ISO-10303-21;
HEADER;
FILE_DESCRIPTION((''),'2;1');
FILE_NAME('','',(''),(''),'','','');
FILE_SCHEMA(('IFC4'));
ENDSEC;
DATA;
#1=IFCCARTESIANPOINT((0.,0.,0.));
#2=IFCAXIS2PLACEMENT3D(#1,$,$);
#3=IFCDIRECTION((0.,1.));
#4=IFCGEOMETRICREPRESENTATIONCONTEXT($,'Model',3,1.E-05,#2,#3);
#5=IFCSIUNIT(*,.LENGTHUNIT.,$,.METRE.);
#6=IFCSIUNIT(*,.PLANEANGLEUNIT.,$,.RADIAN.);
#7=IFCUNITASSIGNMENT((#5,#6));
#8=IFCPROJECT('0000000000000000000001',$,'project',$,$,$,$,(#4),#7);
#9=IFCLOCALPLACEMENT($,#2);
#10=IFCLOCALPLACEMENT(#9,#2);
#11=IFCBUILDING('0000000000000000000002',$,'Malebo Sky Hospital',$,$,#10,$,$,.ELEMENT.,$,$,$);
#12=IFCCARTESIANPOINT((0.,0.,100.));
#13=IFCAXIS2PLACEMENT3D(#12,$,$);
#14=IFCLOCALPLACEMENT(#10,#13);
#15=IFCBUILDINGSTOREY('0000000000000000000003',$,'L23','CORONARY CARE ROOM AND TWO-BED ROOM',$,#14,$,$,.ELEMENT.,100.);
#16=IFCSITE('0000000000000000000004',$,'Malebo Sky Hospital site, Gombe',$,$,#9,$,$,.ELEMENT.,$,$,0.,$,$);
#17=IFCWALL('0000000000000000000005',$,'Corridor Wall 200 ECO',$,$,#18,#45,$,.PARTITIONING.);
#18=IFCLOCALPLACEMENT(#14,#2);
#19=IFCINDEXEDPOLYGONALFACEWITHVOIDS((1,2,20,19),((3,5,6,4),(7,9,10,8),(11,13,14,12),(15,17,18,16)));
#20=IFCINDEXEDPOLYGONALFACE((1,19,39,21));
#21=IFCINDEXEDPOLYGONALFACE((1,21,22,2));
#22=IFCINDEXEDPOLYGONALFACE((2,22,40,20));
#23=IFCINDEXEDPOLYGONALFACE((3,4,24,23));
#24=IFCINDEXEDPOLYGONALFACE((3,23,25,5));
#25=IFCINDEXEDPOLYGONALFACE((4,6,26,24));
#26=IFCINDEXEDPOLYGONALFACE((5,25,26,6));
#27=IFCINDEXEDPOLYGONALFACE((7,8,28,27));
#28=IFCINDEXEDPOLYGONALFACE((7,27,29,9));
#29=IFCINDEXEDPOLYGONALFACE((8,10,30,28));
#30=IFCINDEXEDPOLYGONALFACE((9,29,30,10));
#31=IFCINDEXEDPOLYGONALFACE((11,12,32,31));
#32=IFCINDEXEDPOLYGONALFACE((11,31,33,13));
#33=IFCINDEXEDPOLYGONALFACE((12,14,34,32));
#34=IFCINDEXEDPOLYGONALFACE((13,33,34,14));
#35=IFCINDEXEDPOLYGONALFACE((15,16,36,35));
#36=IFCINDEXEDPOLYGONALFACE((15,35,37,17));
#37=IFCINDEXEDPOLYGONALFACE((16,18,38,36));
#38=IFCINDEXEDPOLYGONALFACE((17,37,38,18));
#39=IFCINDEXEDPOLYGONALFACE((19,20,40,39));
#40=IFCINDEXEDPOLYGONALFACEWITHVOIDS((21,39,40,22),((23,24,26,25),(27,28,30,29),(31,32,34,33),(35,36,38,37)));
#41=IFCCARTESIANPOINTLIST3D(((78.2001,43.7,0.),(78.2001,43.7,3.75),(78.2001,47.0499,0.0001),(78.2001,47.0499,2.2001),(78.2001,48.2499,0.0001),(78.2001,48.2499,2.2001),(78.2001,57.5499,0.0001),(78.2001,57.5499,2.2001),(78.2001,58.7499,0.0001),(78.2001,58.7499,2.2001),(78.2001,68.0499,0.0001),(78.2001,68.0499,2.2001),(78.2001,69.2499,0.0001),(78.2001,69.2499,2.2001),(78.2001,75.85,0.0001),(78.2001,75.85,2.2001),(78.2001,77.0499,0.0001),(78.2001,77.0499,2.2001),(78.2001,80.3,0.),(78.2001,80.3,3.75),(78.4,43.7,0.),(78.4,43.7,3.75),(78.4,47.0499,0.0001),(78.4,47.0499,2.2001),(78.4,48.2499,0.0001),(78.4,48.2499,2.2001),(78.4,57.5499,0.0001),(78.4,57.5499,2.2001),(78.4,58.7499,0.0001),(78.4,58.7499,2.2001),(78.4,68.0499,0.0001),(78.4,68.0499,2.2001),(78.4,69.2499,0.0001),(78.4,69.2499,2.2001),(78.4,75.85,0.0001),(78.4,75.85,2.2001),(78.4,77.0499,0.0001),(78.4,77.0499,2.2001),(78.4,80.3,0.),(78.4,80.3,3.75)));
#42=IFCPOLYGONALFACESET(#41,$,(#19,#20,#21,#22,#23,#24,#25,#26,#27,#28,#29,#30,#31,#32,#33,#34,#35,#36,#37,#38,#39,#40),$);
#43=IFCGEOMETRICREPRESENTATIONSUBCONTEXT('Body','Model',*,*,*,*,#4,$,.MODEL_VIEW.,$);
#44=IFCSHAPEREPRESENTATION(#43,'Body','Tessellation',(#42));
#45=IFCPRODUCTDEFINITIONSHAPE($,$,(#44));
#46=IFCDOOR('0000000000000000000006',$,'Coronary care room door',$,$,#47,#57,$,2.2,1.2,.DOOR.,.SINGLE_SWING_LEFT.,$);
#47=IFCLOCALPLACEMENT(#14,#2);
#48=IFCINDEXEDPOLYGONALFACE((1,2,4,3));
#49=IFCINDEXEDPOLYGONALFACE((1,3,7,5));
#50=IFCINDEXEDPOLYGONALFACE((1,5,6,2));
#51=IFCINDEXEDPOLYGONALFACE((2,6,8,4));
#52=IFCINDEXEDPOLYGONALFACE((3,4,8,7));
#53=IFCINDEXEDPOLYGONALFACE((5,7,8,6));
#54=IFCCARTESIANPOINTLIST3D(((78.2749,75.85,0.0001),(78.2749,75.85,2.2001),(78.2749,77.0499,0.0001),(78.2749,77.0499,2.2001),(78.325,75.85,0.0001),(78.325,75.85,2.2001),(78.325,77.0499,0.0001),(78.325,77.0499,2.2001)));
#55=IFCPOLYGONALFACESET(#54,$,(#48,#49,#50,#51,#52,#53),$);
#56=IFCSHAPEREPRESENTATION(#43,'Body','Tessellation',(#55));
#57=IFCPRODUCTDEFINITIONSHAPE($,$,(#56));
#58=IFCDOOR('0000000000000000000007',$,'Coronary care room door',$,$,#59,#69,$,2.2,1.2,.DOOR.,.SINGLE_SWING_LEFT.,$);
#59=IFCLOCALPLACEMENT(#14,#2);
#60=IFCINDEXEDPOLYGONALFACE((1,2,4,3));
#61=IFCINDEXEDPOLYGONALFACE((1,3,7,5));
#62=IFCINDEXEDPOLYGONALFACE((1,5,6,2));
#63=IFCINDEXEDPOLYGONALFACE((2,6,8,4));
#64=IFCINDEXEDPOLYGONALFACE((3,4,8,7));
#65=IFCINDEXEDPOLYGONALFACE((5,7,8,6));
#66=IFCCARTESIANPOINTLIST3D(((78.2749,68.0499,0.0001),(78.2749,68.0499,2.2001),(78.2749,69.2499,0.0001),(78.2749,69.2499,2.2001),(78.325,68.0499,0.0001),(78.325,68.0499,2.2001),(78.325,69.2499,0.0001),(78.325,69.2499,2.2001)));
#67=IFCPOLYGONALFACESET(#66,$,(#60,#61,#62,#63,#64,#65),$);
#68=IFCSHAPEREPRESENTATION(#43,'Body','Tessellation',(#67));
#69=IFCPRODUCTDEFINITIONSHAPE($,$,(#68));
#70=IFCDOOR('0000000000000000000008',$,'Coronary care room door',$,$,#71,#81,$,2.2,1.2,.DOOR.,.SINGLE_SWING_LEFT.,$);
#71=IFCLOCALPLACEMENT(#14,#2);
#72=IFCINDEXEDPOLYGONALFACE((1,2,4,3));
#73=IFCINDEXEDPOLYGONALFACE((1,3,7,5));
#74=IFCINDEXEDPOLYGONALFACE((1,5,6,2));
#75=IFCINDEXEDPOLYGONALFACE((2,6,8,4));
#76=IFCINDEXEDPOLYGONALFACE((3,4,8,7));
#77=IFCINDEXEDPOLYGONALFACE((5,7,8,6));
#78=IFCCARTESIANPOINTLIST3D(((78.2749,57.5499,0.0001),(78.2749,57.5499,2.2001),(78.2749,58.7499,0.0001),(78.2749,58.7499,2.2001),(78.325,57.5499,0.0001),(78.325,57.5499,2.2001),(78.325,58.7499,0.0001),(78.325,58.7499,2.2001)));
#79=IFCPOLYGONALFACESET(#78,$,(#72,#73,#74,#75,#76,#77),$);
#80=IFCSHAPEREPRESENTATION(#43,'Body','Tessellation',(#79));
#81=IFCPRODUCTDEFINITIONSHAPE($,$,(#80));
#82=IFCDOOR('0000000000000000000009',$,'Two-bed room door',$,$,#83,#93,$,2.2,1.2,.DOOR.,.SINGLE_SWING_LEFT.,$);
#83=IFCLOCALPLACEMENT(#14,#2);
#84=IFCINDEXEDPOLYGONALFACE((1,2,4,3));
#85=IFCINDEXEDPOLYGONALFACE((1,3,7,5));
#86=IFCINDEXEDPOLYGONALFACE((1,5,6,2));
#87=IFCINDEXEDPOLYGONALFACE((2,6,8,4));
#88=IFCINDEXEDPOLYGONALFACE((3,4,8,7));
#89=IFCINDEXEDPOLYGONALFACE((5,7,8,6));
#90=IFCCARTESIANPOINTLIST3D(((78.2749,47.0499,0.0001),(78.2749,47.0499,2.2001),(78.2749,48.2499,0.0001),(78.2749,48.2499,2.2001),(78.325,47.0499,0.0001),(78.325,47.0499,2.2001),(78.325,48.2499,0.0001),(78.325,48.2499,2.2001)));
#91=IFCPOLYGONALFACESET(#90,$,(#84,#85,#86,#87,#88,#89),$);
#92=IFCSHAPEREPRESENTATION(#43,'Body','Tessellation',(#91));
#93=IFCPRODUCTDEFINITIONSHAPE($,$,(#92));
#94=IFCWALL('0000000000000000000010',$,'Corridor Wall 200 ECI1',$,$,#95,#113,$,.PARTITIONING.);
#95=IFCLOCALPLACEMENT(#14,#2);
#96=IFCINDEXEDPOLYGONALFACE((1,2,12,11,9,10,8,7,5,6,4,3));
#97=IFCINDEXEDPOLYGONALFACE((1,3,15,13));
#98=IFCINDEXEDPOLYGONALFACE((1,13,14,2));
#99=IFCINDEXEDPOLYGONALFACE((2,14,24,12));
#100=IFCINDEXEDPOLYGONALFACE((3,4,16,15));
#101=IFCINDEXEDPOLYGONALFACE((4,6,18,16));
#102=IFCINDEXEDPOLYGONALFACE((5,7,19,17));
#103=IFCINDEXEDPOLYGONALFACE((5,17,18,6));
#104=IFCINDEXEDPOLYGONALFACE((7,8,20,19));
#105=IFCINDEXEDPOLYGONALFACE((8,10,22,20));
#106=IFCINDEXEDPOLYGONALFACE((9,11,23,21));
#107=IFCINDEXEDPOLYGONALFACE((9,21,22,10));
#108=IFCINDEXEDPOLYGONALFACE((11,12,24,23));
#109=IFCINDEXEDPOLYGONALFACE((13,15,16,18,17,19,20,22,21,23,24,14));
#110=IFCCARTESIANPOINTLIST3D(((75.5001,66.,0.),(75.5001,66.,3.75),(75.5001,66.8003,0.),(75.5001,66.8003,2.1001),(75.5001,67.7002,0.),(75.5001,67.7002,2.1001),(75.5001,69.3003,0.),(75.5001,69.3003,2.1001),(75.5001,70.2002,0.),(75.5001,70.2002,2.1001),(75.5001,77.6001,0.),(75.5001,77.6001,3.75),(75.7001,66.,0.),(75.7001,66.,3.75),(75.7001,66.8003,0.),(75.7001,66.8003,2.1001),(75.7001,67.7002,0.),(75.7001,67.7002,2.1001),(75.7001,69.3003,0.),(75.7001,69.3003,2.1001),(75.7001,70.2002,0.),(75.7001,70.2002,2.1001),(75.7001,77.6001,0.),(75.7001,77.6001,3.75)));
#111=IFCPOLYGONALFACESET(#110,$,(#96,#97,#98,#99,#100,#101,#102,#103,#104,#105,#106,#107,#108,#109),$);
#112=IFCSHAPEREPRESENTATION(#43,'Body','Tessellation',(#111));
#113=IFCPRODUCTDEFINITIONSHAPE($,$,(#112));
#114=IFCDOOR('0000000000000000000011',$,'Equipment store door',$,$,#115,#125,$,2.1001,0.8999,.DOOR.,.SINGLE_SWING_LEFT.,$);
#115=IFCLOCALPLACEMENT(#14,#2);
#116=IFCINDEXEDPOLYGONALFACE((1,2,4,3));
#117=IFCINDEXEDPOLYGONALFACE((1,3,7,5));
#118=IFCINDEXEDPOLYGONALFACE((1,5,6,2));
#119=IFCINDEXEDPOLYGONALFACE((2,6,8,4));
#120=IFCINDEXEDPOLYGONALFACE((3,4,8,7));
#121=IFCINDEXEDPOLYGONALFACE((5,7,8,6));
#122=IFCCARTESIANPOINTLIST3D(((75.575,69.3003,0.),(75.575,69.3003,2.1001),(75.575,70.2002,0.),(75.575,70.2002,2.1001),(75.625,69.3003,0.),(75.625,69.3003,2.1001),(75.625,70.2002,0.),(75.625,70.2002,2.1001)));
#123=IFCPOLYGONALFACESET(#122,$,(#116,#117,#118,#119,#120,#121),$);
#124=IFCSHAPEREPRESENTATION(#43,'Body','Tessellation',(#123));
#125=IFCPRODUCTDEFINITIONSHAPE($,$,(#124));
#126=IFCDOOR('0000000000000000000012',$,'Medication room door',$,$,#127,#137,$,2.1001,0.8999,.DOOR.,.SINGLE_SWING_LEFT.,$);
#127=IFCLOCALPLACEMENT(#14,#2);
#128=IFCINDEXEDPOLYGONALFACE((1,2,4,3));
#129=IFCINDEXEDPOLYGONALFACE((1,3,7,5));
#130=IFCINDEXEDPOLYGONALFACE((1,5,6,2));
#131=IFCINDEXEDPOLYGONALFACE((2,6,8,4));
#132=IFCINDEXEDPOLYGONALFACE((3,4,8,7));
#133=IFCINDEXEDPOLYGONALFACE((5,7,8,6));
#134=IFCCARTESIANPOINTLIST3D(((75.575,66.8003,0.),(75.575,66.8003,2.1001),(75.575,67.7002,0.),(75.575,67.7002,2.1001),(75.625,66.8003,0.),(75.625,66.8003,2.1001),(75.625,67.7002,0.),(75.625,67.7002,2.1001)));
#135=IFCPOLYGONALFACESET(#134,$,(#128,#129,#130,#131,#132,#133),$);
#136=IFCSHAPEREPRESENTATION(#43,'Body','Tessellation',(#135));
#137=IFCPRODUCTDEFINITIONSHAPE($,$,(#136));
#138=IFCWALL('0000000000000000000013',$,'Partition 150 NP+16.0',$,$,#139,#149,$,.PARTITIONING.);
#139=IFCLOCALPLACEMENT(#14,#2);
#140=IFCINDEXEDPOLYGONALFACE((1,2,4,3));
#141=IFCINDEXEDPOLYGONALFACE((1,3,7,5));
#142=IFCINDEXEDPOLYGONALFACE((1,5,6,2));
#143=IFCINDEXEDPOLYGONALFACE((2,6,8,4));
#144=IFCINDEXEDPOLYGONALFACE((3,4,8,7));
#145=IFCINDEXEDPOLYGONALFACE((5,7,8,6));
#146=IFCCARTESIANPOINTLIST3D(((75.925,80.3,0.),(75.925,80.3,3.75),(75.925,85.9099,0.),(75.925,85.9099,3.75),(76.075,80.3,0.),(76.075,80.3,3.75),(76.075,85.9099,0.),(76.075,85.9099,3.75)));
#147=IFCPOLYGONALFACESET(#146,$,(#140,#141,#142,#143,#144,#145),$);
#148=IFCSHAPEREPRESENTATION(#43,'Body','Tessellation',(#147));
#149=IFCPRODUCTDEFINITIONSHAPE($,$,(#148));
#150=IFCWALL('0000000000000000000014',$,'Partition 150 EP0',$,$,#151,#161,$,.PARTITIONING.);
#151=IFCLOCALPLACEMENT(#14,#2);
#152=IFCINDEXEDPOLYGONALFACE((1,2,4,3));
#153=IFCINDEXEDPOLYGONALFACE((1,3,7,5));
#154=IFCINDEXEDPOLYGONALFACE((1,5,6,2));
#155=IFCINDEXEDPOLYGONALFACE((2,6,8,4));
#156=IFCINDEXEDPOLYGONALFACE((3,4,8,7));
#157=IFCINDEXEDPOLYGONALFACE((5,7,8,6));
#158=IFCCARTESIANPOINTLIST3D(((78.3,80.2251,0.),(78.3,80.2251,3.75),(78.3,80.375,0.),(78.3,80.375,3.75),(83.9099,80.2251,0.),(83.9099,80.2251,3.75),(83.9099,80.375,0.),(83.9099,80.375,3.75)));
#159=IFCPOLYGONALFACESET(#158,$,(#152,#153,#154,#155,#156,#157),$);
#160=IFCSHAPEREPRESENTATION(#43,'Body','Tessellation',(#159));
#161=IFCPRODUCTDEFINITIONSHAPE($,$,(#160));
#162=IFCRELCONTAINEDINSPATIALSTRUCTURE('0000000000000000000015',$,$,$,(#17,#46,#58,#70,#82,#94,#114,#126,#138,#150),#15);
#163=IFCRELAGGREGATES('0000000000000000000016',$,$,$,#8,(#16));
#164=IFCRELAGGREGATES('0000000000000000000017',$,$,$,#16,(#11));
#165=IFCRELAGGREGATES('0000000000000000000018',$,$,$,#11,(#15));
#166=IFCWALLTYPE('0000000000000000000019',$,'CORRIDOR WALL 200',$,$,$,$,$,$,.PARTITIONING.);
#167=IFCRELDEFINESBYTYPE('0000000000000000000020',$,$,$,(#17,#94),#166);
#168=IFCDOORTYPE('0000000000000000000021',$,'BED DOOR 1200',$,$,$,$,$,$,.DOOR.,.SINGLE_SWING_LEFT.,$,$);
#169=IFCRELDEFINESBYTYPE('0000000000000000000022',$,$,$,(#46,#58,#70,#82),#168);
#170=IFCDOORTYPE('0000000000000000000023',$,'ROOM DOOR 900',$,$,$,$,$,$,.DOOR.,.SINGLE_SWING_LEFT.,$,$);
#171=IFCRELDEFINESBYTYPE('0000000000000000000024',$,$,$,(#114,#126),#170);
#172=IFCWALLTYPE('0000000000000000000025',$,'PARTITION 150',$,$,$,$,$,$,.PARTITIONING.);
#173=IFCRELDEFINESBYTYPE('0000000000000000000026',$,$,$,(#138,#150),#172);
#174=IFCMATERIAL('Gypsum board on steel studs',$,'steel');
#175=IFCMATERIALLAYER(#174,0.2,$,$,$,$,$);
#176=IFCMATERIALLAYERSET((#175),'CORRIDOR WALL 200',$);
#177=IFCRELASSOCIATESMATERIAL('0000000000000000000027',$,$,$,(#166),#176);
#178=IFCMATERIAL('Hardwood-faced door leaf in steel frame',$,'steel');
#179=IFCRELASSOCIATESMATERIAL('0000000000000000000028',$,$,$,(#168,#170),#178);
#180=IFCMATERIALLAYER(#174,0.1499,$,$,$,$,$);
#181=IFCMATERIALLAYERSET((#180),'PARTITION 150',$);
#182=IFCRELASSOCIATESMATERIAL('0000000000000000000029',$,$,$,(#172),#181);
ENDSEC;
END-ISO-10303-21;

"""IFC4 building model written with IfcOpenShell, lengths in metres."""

from ifc_helpers import new_model, si_unit, direction, frame, frame_2d, origin, place, context, subcontext, project, spatial, rectangle, extrude, material, layer, layer_set, type_object, element, fill, save


model = new_model("IFC4")

# Units and contexts
model_context = context("Model", 3, precision=1e-05, world=origin(), true_north=direction((0.0, 1.0)))
body_context = subcontext(model_context, "Body", "Model", "MODEL_VIEW")
ifc_project = project(units=[si_unit("LENGTHUNIT", "METRE"), si_unit("PLANEANGLEUNIT", "RADIAN")], contexts=[model_context])

# Site, building, storey
site_placement = place(None, origin())
site = spatial("IfcSite", under=ifc_project, at=site_placement, Name="Malebo Sky Hospital site, Gombe", CompositionType="ELEMENT", RefElevation=0.0)
building_placement = place(site_placement, origin())
building = spatial("IfcBuilding", under=site, at=building_placement, Name="Malebo Sky Hospital", CompositionType="ELEMENT")
storey_placement = place(building_placement, frame((0.0, 0.0, 100.0)))
storey = spatial("IfcBuildingStorey", under=building, at=storey_placement, Name="L23", Description="CORONARY CARE ROOM AND TWO-BED ROOM", CompositionType="ELEMENT", Elevation=100.0)

# Walls, openings, doors
ifc_material_1 = material(Name="Gypsum board on steel studs", Category="steel")
ifc_layer_1 = layer(ifc_material_1, 0.2)
ifc_layer_set_1 = layer_set([ifc_layer_1], Name="CORRIDOR WALL 200")
wall_type_1 = type_object("IfcWallType", Name="CORRIDOR WALL 200", PredefinedType="PARTITIONING", material=ifc_layer_set_1)
wall_1_placement = place(storey_placement, frame((78.3, 80.3, 0.0), z_axis=(0.0, 0.0, 1.0), x_axis=(0.0, -1.0, 0.0)))
wall_1 = element("IfcWall", 1, at=wall_1_placement, inside=storey, type_object=wall_type_1, Name="Corridor Wall 200 ECO", PredefinedType="PARTITIONING", context=body_context, shape_type="SweptSolid", body=[
    extrude(rectangle(XDim=36.6001, YDim=0.2, at=frame_2d((18.3, 0.0))), origin(), (0.0, 0.0, 1.0), 3.75),
])
opening_1_placement = place(wall_1_placement, frame((3.25, 0.0, 0.0)))
opening_1 = element("IfcOpeningElement", 2, at=opening_1_placement, cuts=wall_1, PredefinedType="OPENING", context=body_context, shape_type="SweptSolid", body=[
    extrude(rectangle(XDim=1.2, YDim=2.2, at=frame_2d((0.6001, 1.1001))), frame((0.0, 0.1099, 0.0), z_axis=(0.0, -1.0, 0.0), x_axis=(1.0, 0.0, 0.0)), (0.0, 0.0, 1.0), 0.22),
])
opening_2_placement = place(wall_1_placement, frame((11.05, 0.0, 0.0)))
opening_2 = element("IfcOpeningElement", 3, at=opening_2_placement, cuts=wall_1, PredefinedType="OPENING", context=body_context, shape_type="SweptSolid", body=[
    extrude(rectangle(XDim=1.2, YDim=2.2, at=frame_2d((0.6001, 1.1001))), frame((0.0, 0.1099, 0.0), z_axis=(0.0, -1.0, 0.0), x_axis=(1.0, 0.0, 0.0)), (0.0, 0.0, 1.0), 0.22),
])
opening_3_placement = place(wall_1_placement, frame((21.55, 0.0, 0.0)))
opening_3 = element("IfcOpeningElement", 4, at=opening_3_placement, cuts=wall_1, PredefinedType="OPENING", context=body_context, shape_type="SweptSolid", body=[
    extrude(rectangle(XDim=1.2, YDim=2.2, at=frame_2d((0.6001, 1.1001))), frame((0.0, 0.1099, 0.0), z_axis=(0.0, -1.0, 0.0), x_axis=(1.0, 0.0, 0.0)), (0.0, 0.0, 1.0), 0.22),
])
opening_4_placement = place(wall_1_placement, frame((32.05, 0.0, 0.0)))
opening_4 = element("IfcOpeningElement", 5, at=opening_4_placement, cuts=wall_1, PredefinedType="OPENING", context=body_context, shape_type="SweptSolid", body=[
    extrude(rectangle(XDim=1.2, YDim=2.2, at=frame_2d((0.6001, 1.1001))), frame((0.0, 0.1099, 0.0), z_axis=(0.0, -1.0, 0.0), x_axis=(1.0, 0.0, 0.0)), (0.0, 0.0, 1.0), 0.22),
])
ifc_material_2 = material(Name="Hardwood-faced door leaf in steel frame", Category="steel")
door_type_1 = type_object("IfcDoorType", Name="BED DOOR 1200", OperationType="SINGLE_SWING_LEFT", PredefinedType="DOOR", material=ifc_material_2)
door_1_placement = place(opening_1_placement, origin())
door_1 = element("IfcDoor", 6, at=door_1_placement, inside=storey, type_object=door_type_1, Name="Coronary care room door", OperationType="SINGLE_SWING_LEFT", OverallHeight=2.2, OverallWidth=1.2, PredefinedType="DOOR", context=body_context, shape_type="SweptSolid", body=[
    extrude(rectangle(XDim=1.2, YDim=2.2, at=frame_2d((0.6001, 1.1001))), frame((0.0, 0.0249, 0.0), z_axis=(0.0, -1.0, 0.0), x_axis=(1.0, 0.0, 0.0)), (0.0, 0.0, 1.0), 0.05),
])
fill(opening_1, door_1)
door_2_placement = place(opening_2_placement, origin())
door_2 = element("IfcDoor", 7, at=door_2_placement, inside=storey, type_object=door_type_1, Name="Coronary care room door", OperationType="SINGLE_SWING_LEFT", OverallHeight=2.2, OverallWidth=1.2, PredefinedType="DOOR", context=body_context, shape_type="SweptSolid", body=[
    extrude(rectangle(XDim=1.2, YDim=2.2, at=frame_2d((0.6001, 1.1001))), frame((0.0, 0.0249, 0.0), z_axis=(0.0, -1.0, 0.0), x_axis=(1.0, 0.0, 0.0)), (0.0, 0.0, 1.0), 0.05),
])
fill(opening_2, door_2)
door_3_placement = place(opening_3_placement, origin())
door_3 = element("IfcDoor", 8, at=door_3_placement, inside=storey, type_object=door_type_1, Name="Coronary care room door", OperationType="SINGLE_SWING_LEFT", OverallHeight=2.2, OverallWidth=1.2, PredefinedType="DOOR", context=body_context, shape_type="SweptSolid", body=[
    extrude(rectangle(XDim=1.2, YDim=2.2, at=frame_2d((0.6001, 1.1001))), frame((0.0, 0.0249, 0.0), z_axis=(0.0, -1.0, 0.0), x_axis=(1.0, 0.0, 0.0)), (0.0, 0.0, 1.0), 0.05),
])
fill(opening_3, door_3)
door_4_placement = place(opening_4_placement, origin())
door_4 = element("IfcDoor", 9, at=door_4_placement, inside=storey, type_object=door_type_1, Name="Two-bed room door", OperationType="SINGLE_SWING_LEFT", OverallHeight=2.2, OverallWidth=1.2, PredefinedType="DOOR", context=body_context, shape_type="SweptSolid", body=[
    extrude(rectangle(XDim=1.2, YDim=2.2, at=frame_2d((0.6001, 1.1001))), frame((0.0, 0.0249, 0.0), z_axis=(0.0, -1.0, 0.0), x_axis=(1.0, 0.0, 0.0)), (0.0, 0.0, 1.0), 0.05),
])
fill(opening_4, door_4)
wall_2_placement = place(storey_placement, frame((75.6001, 77.6001, 0.0), z_axis=(0.0, 0.0, 1.0), x_axis=(0.0, -1.0, 0.0)))
wall_2 = element("IfcWall", 10, at=wall_2_placement, inside=storey, type_object=wall_type_1, Name="Corridor Wall 200 ECI1", PredefinedType="PARTITIONING", context=body_context, shape_type="SweptSolid", body=[
    extrude(rectangle(XDim=11.6001, YDim=0.2, at=frame_2d((5.8, 0.0))), origin(), (0.0, 0.0, 1.0), 3.75),
])
opening_5_placement = place(wall_2_placement, frame((7.3999, 0.0, 0.0)))
opening_5 = element("IfcOpeningElement", 11, at=opening_5_placement, cuts=wall_2, PredefinedType="OPENING", context=body_context, shape_type="SweptSolid", body=[
    extrude(rectangle(XDim=0.8999, YDim=2.1001, at=frame_2d((0.45, 1.05))), frame((0.0, 0.1099, 0.0), z_axis=(0.0, -1.0, 0.0), x_axis=(1.0, 0.0, 0.0)), (0.0, 0.0, 1.0), 0.22),
])
opening_6_placement = place(wall_2_placement, frame((9.8999, 0.0, 0.0)))
opening_6 = element("IfcOpeningElement", 12, at=opening_6_placement, cuts=wall_2, PredefinedType="OPENING", context=body_context, shape_type="SweptSolid", body=[
    extrude(rectangle(XDim=0.8999, YDim=2.1001, at=frame_2d((0.45, 1.05))), frame((0.0, 0.1099, 0.0), z_axis=(0.0, -1.0, 0.0), x_axis=(1.0, 0.0, 0.0)), (0.0, 0.0, 1.0), 0.22),
])
door_type_2 = type_object("IfcDoorType", Name="ROOM DOOR 900", OperationType="SINGLE_SWING_LEFT", PredefinedType="DOOR", material=ifc_material_2)
door_5_placement = place(opening_5_placement, origin())
door_5 = element("IfcDoor", 13, at=door_5_placement, inside=storey, type_object=door_type_2, Name="Equipment store door", OperationType="SINGLE_SWING_LEFT", OverallHeight=2.1001, OverallWidth=0.8999, PredefinedType="DOOR", context=body_context, shape_type="SweptSolid", body=[
    extrude(rectangle(XDim=0.8999, YDim=2.1001, at=frame_2d((0.45, 1.05))), frame((0.0, 0.0249, 0.0), z_axis=(0.0, -1.0, 0.0), x_axis=(1.0, 0.0, 0.0)), (0.0, 0.0, 1.0), 0.05),
])
fill(opening_5, door_5)
door_6_placement = place(opening_6_placement, origin())
door_6 = element("IfcDoor", 14, at=door_6_placement, inside=storey, type_object=door_type_2, Name="Medication room door", OperationType="SINGLE_SWING_LEFT", OverallHeight=2.1001, OverallWidth=0.8999, PredefinedType="DOOR", context=body_context, shape_type="SweptSolid", body=[
    extrude(rectangle(XDim=0.8999, YDim=2.1001, at=frame_2d((0.45, 1.05))), frame((0.0, 0.0249, 0.0), z_axis=(0.0, -1.0, 0.0), x_axis=(1.0, 0.0, 0.0)), (0.0, 0.0, 1.0), 0.05),
])
fill(opening_6, door_6)

# Walls
ifc_layer_2 = layer(ifc_material_1, 0.1499)
ifc_layer_set_2 = layer_set([ifc_layer_2], Name="PARTITION 150")
wall_type_2 = type_object("IfcWallType", Name="PARTITION 150", PredefinedType="PARTITIONING", material=ifc_layer_set_2)
for number, where, z_axis, x_axis, name in (
    (15, (76.0, 80.3, 0.0), (0.0, 0.0, 1.0), (0.0, 1.0, 0.0), "Partition 150 NP+16.0"),
    (16, (78.3, 80.3, 0.0), (0.0, 0.0, 1.0), (1.0, 0.0, 0.0), "Partition 150 EP0"),
):
    element("IfcWall", number, at=place(storey_placement, frame(where, z_axis=z_axis, x_axis=x_axis)), inside=storey, type_object=wall_type_2, Name=name, PredefinedType="PARTITIONING", context=body_context, shape_type="SweptSolid", body=[
        extrude(rectangle(XDim=5.6099, YDim=0.1499, at=frame_2d((2.8049, 0.0))), origin(), (0.0, 0.0, 1.0), 3.75),
    ])

save(model, "model.ifc")
